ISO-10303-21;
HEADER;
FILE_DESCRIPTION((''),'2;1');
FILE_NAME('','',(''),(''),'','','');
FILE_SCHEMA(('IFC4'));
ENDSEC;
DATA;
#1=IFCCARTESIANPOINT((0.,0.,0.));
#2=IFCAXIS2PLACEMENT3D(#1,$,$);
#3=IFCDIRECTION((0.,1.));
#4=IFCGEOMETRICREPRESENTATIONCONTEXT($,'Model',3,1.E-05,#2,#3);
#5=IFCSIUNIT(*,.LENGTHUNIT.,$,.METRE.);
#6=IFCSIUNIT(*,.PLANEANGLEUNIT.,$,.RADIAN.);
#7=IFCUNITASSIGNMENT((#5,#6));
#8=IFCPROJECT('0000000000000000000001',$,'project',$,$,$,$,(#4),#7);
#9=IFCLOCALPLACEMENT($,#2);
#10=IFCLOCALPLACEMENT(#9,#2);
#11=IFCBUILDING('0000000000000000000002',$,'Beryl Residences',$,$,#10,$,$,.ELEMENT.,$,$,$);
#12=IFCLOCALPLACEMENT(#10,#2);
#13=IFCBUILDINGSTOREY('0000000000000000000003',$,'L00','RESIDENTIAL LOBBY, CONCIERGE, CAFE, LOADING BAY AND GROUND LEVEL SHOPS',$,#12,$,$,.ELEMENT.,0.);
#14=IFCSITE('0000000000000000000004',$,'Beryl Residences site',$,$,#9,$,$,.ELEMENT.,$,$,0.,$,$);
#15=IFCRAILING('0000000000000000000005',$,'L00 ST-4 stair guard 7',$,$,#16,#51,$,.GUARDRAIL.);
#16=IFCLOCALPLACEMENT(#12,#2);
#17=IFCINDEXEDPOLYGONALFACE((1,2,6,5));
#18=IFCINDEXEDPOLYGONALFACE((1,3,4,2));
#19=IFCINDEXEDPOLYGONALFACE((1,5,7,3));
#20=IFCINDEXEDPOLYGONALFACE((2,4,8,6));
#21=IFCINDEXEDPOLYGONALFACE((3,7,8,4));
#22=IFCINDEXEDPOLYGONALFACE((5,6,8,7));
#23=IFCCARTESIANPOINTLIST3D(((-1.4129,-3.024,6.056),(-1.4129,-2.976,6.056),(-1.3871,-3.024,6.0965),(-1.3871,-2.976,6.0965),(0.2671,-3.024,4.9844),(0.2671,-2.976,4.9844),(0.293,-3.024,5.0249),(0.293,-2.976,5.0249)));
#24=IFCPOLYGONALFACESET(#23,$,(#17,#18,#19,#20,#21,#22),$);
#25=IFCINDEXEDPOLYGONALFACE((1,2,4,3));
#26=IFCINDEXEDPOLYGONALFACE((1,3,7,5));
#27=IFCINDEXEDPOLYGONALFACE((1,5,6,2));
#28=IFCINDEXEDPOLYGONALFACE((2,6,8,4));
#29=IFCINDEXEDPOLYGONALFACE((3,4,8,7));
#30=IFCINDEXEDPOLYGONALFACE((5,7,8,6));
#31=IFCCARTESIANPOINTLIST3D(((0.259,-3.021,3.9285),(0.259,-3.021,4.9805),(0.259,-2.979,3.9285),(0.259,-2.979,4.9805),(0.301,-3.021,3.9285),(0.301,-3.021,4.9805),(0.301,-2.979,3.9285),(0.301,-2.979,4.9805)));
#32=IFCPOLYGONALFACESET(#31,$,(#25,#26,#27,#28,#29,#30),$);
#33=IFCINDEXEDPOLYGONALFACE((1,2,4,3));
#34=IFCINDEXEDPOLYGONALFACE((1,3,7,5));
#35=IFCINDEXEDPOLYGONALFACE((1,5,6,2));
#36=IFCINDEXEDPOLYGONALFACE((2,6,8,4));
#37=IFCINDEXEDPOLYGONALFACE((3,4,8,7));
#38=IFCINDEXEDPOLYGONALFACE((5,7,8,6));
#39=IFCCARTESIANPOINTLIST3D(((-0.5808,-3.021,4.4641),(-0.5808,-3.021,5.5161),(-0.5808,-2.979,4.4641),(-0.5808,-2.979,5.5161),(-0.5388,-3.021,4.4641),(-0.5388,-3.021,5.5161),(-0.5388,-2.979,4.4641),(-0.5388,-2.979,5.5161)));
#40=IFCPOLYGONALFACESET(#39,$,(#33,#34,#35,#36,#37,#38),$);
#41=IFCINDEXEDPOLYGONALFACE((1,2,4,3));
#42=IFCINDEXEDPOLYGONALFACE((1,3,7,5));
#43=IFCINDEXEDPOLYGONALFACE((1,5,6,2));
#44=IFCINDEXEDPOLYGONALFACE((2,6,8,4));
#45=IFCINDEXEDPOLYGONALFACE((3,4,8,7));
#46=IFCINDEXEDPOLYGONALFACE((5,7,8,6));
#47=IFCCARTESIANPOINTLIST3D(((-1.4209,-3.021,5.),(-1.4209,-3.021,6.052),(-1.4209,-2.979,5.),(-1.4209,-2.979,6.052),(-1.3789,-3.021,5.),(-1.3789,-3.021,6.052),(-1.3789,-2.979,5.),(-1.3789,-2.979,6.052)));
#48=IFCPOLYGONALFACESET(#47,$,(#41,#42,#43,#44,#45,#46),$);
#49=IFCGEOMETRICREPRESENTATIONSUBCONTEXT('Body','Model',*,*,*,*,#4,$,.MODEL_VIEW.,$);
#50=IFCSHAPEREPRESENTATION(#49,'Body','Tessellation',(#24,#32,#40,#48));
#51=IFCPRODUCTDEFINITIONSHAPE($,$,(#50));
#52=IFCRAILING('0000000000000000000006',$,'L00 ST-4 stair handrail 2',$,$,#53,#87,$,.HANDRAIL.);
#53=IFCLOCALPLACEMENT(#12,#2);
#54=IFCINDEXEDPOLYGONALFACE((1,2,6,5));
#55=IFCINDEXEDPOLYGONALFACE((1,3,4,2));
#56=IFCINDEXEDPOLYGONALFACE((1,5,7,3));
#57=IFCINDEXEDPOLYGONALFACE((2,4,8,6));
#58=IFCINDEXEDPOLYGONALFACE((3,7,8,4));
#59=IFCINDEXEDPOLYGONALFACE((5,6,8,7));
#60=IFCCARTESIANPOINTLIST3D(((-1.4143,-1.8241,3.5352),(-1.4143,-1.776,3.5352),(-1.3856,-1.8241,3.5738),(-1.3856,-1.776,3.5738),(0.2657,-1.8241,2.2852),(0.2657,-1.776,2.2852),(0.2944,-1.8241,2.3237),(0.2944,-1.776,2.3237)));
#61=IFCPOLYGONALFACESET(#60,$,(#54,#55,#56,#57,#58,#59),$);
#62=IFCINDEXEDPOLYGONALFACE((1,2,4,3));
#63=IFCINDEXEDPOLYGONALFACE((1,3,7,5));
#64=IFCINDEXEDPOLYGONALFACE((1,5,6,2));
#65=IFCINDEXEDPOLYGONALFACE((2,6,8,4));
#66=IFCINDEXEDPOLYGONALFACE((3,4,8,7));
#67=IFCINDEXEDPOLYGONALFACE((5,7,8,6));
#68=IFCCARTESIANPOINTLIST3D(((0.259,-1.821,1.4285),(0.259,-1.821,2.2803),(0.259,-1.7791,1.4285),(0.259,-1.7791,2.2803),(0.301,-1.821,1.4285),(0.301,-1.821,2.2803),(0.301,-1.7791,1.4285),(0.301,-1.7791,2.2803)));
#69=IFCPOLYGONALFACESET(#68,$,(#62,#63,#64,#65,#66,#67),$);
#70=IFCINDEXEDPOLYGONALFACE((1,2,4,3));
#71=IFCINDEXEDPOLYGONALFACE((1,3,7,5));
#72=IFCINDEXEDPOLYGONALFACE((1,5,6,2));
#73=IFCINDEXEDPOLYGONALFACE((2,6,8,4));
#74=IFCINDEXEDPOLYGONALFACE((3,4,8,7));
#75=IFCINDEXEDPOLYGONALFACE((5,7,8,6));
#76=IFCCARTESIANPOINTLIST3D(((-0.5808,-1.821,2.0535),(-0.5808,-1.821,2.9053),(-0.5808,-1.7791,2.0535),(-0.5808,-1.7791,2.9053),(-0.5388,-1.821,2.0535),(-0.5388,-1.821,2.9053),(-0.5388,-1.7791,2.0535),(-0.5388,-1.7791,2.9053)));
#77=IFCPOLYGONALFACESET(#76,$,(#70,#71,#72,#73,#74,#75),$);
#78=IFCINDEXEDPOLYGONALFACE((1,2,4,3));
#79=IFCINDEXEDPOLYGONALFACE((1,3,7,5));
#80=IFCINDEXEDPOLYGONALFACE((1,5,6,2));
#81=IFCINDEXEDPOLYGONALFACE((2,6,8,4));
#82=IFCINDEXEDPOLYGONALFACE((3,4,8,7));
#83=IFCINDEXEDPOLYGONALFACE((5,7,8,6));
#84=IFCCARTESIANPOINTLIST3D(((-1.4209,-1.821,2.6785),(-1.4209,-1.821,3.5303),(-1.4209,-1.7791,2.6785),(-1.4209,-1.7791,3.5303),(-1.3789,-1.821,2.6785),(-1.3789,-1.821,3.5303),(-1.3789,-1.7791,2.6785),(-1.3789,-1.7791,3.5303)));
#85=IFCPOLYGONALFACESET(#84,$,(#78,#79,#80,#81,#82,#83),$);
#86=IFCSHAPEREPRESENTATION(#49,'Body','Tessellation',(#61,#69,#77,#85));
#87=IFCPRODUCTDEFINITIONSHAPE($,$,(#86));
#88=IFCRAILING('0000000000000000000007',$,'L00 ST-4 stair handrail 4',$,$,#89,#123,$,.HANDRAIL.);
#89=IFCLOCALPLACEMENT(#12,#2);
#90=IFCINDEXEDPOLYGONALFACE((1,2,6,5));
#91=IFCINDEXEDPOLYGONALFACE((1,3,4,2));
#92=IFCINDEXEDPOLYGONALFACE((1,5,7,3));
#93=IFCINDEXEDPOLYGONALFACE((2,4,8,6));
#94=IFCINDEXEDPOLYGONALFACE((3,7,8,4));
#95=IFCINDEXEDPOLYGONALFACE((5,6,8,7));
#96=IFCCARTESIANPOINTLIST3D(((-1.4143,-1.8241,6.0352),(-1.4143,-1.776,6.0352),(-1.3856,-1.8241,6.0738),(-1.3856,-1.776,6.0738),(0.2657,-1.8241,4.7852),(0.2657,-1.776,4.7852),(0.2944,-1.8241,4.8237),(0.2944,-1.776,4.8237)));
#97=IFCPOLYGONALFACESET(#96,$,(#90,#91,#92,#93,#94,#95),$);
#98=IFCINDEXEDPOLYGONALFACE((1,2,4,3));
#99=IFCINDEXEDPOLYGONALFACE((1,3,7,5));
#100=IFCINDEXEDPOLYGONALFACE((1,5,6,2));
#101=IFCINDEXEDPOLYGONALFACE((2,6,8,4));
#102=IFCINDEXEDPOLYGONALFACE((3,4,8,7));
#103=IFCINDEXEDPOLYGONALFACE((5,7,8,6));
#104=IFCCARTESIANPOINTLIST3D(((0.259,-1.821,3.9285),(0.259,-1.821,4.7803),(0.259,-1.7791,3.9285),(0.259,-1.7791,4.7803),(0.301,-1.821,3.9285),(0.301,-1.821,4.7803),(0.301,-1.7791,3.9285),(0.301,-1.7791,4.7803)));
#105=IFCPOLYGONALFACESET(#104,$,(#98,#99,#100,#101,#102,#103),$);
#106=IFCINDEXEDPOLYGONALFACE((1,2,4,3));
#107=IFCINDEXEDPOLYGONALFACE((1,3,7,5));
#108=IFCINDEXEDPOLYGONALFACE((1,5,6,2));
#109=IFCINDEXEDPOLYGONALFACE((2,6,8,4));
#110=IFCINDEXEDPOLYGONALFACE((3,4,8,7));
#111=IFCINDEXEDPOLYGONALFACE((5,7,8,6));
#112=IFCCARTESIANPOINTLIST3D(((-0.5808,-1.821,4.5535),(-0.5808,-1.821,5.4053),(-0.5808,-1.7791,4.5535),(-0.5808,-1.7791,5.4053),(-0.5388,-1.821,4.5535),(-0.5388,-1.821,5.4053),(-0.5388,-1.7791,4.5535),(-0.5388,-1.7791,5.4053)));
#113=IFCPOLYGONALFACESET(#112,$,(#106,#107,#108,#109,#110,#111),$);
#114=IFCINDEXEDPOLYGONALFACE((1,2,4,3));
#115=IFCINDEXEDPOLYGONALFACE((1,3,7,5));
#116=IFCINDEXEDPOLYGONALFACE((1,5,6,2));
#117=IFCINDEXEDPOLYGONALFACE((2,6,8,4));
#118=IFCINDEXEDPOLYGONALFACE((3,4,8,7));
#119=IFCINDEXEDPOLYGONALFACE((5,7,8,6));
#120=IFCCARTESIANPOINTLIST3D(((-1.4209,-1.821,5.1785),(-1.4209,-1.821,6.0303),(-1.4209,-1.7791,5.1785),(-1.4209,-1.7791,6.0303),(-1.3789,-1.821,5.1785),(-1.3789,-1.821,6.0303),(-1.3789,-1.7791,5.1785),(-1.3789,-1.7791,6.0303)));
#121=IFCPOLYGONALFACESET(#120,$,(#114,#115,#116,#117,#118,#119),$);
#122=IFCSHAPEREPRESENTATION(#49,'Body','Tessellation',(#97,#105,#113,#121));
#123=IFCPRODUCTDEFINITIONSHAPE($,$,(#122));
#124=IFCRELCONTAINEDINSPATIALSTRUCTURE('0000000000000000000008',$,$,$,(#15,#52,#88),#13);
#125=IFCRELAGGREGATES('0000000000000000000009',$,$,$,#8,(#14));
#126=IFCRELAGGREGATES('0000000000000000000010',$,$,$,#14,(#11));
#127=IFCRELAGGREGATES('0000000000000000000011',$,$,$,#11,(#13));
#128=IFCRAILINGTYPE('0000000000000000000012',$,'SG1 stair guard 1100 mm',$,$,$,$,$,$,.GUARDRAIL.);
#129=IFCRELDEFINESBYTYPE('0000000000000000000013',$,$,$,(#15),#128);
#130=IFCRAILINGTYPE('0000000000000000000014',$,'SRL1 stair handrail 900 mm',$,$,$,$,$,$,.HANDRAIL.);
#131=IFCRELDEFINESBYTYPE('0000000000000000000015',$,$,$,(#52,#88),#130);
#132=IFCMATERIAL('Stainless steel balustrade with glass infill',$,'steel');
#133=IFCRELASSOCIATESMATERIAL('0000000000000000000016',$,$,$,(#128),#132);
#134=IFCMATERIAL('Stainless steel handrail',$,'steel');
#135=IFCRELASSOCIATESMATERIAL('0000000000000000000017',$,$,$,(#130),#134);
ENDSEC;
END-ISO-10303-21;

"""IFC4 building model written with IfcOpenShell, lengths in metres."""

from ifc_helpers import new_model, si_unit, direction, frame, origin, origin_2d, place, context, subcontext, project, spatial, rectangle, extrude, material, type_object, element, save


model = new_model("IFC4")

# Units and contexts
model_context = context("Model", 3, precision=1e-05, world=origin(), true_north=direction((0.0, 1.0)))
body_context = subcontext(model_context, "Body", "Model", "MODEL_VIEW")
ifc_project = project(units=[si_unit("LENGTHUNIT", "METRE"), si_unit("PLANEANGLEUNIT", "RADIAN")], contexts=[model_context])

# Site, building, storey
site_placement = place(None, origin())
site = spatial("IfcSite", under=ifc_project, at=site_placement, Name="Beryl Residences site", CompositionType="ELEMENT", RefElevation=0.0)
building_placement = place(site_placement, origin())
building = spatial("IfcBuilding", under=site, at=building_placement, Name="Beryl Residences", CompositionType="ELEMENT")
storey_placement = place(building_placement, origin())
storey = spatial("IfcBuildingStorey", under=building, at=storey_placement, Name="L00", Description="RESIDENTIAL LOBBY, CONCIERGE, CAFE, LOADING BAY AND GROUND LEVEL SHOPS", CompositionType="ELEMENT", Elevation=0.0)

# Railings
ifc_material_1 = material(Name="Stainless steel balustrade with glass infill", Category="steel")
railing_type_1 = type_object("IfcRailingType", Name="SG1 stair guard 1100 mm", PredefinedType="GUARDRAIL", material=ifc_material_1)
railing_1_placement = place(storey_placement, frame((0.28, -3.0, 3.9285)))
element("IfcRailing", 1, at=railing_1_placement, inside=storey, type_object=railing_type_1, Name="L00 ST-4 stair guard 7", PredefinedType="GUARDRAIL", context=body_context, shape_type="SweptSolid", body=[
    extrude(rectangle(XDim=0.0481, YDim=0.0481, at=origin_2d()), frame((0.0, 0.0, 1.0762), z_axis=(-0.843096, 0.0, 0.537763), x_axis=(0.0, -1.0, 0.0)), (0.0, 0.0, 1.0), 1.9927),
    extrude(rectangle(XDim=0.042, YDim=0.042, at=origin_2d()), origin(), (0.0, 0.0, 1.0), 1.052),
    extrude(rectangle(XDim=0.042, YDim=0.042, at=origin_2d()), frame((-0.8398, 0.0, 0.5356)), (0.0, 0.0, 1.0), 1.052),
    extrude(rectangle(XDim=0.042, YDim=0.042, at=origin_2d()), frame((-1.6799, 0.0, 1.0715)), (0.0, 0.0, 1.0), 1.052),
])
ifc_material_2 = material(Name="Stainless steel handrail", Category="steel")
railing_type_2 = type_object("IfcRailingType", Name="SRL1 stair handrail 900 mm", PredefinedType="HANDRAIL", material=ifc_material_2)
for number, where, name in (
    (2, (0.28, -1.8, 1.4285), "L00 ST-4 stair handrail 2"),
    (3, (0.28, -1.8, 3.9285), "L00 ST-4 stair handrail 4"),
):
    element("IfcRailing", number, at=place(storey_placement, frame(where)), inside=storey, type_object=railing_type_2, Name=name, PredefinedType="HANDRAIL", context=body_context, shape_type="SweptSolid", body=[
        extrude(rectangle(XDim=0.0481, YDim=0.0481, at=origin_2d()), frame((0.0, 0.0, 0.876), z_axis=(-0.802275, 0.0, 0.596955), x_axis=(0.0, -1.0, 0.0)), (0.0, 0.0, 1.0), 2.094),
        extrude(rectangle(XDim=0.042, YDim=0.042, at=origin_2d()), origin(), (0.0, 0.0, 1.0), 0.8518),
        extrude(rectangle(XDim=0.042, YDim=0.042, at=origin_2d()), frame((-0.8398, 0.0, 0.625)), (0.0, 0.0, 1.0), 0.8518),
        extrude(rectangle(XDim=0.042, YDim=0.042, at=origin_2d()), frame((-1.6799, 0.0, 1.25)), (0.0, 0.0, 1.0), 0.8518),
    ])

save(model, "model.ifc")
